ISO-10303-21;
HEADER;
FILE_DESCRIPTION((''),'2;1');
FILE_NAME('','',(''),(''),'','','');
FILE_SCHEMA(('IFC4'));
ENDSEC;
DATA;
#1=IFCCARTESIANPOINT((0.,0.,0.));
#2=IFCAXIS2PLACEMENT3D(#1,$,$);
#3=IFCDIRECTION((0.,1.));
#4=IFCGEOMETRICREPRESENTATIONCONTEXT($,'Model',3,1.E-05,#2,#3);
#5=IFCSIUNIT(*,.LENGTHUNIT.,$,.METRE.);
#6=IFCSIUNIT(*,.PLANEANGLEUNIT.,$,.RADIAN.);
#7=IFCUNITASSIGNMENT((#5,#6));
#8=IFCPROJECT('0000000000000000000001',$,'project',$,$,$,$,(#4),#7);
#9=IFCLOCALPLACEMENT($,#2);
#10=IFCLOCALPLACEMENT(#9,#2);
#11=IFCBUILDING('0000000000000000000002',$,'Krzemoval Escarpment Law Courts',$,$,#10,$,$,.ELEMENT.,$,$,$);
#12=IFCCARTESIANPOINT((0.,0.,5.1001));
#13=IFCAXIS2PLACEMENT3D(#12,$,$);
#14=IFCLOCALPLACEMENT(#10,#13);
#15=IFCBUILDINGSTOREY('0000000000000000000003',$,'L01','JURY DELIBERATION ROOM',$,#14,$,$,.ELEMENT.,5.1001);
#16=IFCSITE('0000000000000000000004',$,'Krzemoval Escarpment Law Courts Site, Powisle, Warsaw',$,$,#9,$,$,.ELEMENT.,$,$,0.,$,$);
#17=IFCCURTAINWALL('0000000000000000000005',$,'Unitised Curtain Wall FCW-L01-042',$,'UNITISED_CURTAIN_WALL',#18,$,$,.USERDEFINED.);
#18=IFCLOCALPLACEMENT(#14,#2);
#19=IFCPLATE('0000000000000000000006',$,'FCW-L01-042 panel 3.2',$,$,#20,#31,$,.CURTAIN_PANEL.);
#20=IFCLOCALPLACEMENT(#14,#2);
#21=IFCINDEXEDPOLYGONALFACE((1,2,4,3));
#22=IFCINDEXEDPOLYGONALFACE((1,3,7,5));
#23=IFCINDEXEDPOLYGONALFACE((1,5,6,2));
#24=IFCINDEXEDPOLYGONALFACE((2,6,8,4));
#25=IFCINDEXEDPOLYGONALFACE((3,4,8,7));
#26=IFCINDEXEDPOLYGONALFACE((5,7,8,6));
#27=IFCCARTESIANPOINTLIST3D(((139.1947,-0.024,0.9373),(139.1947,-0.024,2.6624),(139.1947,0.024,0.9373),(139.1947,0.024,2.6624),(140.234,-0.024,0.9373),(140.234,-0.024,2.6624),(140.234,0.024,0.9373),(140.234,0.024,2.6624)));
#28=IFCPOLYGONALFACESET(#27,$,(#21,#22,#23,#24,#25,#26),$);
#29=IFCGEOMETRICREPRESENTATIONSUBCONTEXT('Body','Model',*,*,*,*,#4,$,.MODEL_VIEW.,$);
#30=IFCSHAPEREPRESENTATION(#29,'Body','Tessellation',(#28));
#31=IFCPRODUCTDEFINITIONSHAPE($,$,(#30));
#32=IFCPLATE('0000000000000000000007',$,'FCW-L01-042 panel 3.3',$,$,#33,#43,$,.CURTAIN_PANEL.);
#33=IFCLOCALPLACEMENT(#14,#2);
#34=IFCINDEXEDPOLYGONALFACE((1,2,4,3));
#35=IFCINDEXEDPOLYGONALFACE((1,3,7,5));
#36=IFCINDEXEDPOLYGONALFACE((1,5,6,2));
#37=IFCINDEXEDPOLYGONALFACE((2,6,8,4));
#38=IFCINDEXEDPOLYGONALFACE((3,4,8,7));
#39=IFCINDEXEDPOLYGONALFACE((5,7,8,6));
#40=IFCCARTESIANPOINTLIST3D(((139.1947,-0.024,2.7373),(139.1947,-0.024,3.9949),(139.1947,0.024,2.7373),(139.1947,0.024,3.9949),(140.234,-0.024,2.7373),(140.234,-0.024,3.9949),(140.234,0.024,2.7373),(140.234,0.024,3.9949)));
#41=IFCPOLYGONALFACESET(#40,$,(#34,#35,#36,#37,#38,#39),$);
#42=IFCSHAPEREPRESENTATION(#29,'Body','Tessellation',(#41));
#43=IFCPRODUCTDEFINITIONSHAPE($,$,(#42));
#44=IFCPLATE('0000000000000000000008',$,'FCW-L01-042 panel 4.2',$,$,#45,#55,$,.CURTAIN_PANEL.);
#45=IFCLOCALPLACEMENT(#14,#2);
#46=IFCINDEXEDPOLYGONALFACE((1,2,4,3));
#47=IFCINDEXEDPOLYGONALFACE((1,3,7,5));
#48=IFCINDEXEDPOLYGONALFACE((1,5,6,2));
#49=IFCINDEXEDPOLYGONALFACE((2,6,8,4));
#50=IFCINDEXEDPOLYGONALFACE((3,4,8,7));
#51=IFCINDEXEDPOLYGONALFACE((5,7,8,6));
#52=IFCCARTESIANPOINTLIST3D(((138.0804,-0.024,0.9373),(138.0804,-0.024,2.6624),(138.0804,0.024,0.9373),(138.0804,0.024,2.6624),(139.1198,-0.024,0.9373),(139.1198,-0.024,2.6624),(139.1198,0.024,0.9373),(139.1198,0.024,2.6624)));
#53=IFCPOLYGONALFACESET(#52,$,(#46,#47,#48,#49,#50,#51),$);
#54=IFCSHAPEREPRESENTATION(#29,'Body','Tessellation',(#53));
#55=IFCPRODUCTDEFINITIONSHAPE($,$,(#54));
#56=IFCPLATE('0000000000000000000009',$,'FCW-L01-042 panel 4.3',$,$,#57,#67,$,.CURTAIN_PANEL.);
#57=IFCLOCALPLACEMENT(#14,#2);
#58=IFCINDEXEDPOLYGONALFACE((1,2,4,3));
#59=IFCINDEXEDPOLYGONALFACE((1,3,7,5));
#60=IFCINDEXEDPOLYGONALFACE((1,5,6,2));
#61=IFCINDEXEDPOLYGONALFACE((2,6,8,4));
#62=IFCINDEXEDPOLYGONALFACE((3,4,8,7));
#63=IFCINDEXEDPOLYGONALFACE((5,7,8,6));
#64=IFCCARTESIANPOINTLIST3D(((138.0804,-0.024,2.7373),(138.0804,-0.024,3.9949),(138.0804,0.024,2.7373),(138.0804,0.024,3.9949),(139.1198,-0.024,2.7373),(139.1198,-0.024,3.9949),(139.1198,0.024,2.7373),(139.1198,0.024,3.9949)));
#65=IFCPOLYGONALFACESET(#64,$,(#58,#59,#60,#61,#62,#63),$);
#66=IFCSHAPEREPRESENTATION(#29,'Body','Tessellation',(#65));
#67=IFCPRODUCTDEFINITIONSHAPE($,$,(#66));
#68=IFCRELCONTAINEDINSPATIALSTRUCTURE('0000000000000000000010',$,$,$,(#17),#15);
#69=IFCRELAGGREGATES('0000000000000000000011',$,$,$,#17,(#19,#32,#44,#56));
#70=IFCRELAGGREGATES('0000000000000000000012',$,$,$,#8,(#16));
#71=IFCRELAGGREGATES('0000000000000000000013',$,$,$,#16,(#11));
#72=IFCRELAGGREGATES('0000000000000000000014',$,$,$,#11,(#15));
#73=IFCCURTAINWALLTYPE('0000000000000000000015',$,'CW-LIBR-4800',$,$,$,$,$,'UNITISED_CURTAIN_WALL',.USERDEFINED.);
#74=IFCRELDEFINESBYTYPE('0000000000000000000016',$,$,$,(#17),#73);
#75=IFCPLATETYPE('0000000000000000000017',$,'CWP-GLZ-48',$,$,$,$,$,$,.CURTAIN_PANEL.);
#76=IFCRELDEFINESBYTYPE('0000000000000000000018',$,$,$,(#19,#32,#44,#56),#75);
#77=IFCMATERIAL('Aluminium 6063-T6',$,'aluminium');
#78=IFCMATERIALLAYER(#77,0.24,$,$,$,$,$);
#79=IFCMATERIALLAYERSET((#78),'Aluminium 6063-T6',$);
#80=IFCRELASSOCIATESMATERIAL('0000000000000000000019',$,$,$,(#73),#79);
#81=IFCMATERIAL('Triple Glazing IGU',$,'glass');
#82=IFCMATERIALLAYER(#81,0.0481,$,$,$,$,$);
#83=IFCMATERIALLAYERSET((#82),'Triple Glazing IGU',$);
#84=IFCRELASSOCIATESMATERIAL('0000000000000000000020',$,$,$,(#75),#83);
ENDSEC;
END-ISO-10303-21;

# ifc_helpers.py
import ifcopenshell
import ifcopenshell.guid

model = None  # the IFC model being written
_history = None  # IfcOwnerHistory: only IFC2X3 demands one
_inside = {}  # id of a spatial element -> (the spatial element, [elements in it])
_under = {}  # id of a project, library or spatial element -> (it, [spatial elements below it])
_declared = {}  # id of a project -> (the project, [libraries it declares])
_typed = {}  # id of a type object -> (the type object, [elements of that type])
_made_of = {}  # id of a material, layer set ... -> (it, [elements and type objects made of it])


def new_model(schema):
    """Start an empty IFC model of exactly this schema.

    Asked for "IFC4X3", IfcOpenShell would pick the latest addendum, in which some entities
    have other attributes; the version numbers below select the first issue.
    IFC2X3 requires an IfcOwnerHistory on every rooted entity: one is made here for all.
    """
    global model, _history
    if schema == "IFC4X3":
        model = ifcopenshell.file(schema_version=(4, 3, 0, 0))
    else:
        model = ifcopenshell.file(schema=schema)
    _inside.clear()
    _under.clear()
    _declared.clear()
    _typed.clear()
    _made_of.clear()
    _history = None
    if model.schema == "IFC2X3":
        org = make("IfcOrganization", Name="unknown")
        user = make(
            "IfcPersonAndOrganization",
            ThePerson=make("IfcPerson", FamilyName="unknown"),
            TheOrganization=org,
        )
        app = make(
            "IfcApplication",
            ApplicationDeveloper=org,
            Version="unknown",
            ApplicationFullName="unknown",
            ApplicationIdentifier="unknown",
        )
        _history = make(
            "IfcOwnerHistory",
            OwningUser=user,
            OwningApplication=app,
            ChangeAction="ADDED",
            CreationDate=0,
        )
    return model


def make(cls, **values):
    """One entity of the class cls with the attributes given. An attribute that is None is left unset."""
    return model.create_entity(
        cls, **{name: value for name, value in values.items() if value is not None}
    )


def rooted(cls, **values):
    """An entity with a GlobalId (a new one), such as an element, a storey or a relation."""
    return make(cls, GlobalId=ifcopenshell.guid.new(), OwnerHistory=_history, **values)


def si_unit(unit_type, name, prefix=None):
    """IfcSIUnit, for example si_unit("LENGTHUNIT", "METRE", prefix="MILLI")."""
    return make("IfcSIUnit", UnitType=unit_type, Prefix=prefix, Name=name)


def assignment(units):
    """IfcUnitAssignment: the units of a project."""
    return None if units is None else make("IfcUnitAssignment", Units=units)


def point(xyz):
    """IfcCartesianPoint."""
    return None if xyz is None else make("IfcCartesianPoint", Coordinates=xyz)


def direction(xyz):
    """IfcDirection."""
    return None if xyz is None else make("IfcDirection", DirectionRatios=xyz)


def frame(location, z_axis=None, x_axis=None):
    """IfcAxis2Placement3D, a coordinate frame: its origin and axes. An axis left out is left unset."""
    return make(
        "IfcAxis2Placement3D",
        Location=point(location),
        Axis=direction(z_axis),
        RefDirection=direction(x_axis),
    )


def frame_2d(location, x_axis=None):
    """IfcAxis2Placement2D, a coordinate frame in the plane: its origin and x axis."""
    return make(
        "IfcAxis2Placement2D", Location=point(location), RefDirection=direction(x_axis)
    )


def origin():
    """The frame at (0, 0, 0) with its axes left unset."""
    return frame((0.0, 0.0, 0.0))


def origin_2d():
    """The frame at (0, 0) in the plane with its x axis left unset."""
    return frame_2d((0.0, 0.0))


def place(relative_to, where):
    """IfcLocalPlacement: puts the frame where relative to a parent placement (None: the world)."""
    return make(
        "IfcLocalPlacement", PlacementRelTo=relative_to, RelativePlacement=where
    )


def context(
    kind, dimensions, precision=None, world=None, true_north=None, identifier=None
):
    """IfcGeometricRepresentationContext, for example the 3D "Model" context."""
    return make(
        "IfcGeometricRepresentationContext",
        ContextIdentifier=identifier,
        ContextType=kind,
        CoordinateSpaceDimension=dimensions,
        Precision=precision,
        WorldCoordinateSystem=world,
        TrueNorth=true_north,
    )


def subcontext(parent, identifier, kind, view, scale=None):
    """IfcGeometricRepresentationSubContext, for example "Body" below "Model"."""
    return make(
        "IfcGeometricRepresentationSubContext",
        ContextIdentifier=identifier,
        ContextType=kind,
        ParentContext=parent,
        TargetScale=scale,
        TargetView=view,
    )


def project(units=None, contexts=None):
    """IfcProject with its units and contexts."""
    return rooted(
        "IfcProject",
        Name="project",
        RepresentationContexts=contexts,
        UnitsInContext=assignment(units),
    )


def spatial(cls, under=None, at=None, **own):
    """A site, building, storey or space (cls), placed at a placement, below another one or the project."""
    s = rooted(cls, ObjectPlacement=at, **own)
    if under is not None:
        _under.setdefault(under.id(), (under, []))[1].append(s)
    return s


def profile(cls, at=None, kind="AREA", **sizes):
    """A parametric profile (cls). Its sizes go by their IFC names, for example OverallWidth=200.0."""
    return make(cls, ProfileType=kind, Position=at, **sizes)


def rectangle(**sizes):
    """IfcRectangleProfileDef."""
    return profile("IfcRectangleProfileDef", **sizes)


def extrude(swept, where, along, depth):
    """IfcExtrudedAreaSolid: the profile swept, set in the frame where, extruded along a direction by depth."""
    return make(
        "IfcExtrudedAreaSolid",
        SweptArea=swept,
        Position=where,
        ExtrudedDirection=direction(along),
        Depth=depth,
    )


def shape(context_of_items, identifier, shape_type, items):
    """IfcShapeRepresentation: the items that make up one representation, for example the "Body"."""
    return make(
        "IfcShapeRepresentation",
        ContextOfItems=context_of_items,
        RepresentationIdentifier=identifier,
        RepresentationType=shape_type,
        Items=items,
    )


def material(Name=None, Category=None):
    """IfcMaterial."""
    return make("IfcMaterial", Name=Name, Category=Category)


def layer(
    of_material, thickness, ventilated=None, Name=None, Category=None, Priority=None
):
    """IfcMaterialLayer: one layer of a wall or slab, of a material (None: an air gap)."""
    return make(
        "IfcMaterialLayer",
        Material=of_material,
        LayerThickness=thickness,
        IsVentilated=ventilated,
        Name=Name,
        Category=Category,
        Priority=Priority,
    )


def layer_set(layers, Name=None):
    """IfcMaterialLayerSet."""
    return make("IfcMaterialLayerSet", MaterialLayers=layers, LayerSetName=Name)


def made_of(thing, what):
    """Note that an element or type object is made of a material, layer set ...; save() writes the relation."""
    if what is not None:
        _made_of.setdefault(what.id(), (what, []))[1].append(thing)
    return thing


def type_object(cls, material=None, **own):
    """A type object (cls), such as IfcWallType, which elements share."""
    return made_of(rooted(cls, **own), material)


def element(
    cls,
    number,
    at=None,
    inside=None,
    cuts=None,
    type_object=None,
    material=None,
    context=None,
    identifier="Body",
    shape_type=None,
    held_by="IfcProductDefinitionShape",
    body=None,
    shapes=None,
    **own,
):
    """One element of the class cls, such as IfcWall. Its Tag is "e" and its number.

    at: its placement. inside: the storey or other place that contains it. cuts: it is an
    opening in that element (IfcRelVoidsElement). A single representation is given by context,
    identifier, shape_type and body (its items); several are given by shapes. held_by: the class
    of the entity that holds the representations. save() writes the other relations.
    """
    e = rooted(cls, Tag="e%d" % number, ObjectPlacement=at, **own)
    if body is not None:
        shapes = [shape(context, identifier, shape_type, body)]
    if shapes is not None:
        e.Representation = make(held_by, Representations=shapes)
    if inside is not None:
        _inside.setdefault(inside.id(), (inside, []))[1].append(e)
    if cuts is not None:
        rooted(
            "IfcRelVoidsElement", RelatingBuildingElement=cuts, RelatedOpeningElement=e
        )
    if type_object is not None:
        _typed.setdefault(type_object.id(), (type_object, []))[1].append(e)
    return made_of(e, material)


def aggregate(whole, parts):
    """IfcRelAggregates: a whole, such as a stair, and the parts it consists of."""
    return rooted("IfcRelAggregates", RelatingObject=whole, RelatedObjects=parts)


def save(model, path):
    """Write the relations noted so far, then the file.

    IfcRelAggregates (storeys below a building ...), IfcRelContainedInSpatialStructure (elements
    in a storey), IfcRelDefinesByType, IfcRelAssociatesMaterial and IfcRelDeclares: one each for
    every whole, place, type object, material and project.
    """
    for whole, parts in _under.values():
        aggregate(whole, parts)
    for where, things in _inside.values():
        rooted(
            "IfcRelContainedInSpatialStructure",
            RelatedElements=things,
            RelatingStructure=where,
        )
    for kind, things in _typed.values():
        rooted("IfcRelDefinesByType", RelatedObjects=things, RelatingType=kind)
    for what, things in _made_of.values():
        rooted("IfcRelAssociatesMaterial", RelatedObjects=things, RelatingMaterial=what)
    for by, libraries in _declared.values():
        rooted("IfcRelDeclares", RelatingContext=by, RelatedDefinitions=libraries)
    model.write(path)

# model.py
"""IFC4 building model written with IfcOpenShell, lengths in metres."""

from ifc_helpers import new_model, si_unit, direction, frame, origin, origin_2d, place, context, subcontext, project, spatial, rectangle, extrude, material, layer, layer_set, type_object, element, aggregate, save


model = new_model("IFC4")

# Units and contexts
model_context = context("Model", 3, precision=1e-05, world=origin(), true_north=direction((0.0, 1.0)))
body_context = subcontext(model_context, "Body", "Model", "MODEL_VIEW")
ifc_project = project(units=[si_unit("LENGTHUNIT", "METRE"), si_unit("PLANEANGLEUNIT", "RADIAN")], contexts=[model_context])

# Site, building, storey
site_placement = place(None, origin())
site = spatial("IfcSite", under=ifc_project, at=site_placement, Name="Krzemoval Escarpment Law Courts Site, Powisle, Warsaw", CompositionType="ELEMENT", RefElevation=0.0)
building_placement = place(site_placement, origin())
building = spatial("IfcBuilding", under=site, at=building_placement, Name="Krzemoval Escarpment Law Courts", CompositionType="ELEMENT")
storey_placement = place(building_placement, frame((0.0, 0.0, 5.1001)))
storey = spatial("IfcBuildingStorey", under=building, at=storey_placement, Name="L01", Description="JURY DELIBERATION ROOM", CompositionType="ELEMENT", Elevation=5.1001)

# Curtain wall, plates
ifc_material_1 = material(Name="Aluminium 6063-T6", Category="aluminium")
ifc_layer_1 = layer(ifc_material_1, 0.24)
ifc_layer_set_1 = layer_set([ifc_layer_1], Name="Aluminium 6063-T6")
curtain_wall_type = type_object("IfcCurtainWallType", Name="CW-LIBR-4800", ElementType="UNITISED_CURTAIN_WALL", PredefinedType="USERDEFINED", material=ifc_layer_set_1)
curtain_wall_placement = place(storey_placement, origin())
curtain_wall = element("IfcCurtainWall", 1, at=curtain_wall_placement, inside=storey, type_object=curtain_wall_type, Name="Unitised Curtain Wall FCW-L01-042", ObjectType="UNITISED_CURTAIN_WALL", PredefinedType="USERDEFINED")
ifc_material_2 = material(Name="Triple Glazing IGU", Category="glass")
ifc_layer_2 = layer(ifc_material_2, 0.0481)
ifc_layer_set_2 = layer_set([ifc_layer_2], Name="Triple Glazing IGU")
plate_type = type_object("IfcPlateType", Name="CWP-GLZ-48", PredefinedType="CURTAIN_PANEL", material=ifc_layer_set_2)
plate_1_placement = place(storey_placement, frame((139.7144, 0.0, 0.9373), z_axis=(0.0, 0.0, 1.0), x_axis=(-1.0, 0.0, 0.0)))
plate_1 = element("IfcPlate", 2, at=plate_1_placement, type_object=plate_type, Name="FCW-L01-042 panel 3.2", PredefinedType="CURTAIN_PANEL", context=body_context, shape_type="SweptSolid", body=[
    extrude(rectangle(XDim=1.0393, YDim=0.0481, at=origin_2d()), origin(), (0.0, 0.0, 1.0), 1.7251),
])
plate_2_placement = place(storey_placement, frame((139.7144, 0.0, 2.7373), z_axis=(0.0, 0.0, 1.0), x_axis=(-1.0, 0.0, 0.0)))
plate_2 = element("IfcPlate", 3, at=plate_2_placement, type_object=plate_type, Name="FCW-L01-042 panel 3.3", PredefinedType="CURTAIN_PANEL", context=body_context, shape_type="SweptSolid", body=[
    extrude(rectangle(XDim=1.0393, YDim=0.0481, at=origin_2d()), origin(), (0.0, 0.0, 1.0), 1.2576),
])
plate_3_placement = place(storey_placement, frame((138.6001, 0.0, 0.9373), z_axis=(0.0, 0.0, 1.0), x_axis=(-1.0, 0.0, 0.0)))
plate_3 = element("IfcPlate", 4, at=plate_3_placement, type_object=plate_type, Name="FCW-L01-042 panel 4.2", PredefinedType="CURTAIN_PANEL", context=body_context, shape_type="SweptSolid", body=[
    extrude(rectangle(XDim=1.0393, YDim=0.0481, at=origin_2d()), origin(), (0.0, 0.0, 1.0), 1.7251),
])
plate_4_placement = place(storey_placement, frame((138.6001, 0.0, 2.7373), z_axis=(0.0, 0.0, 1.0), x_axis=(-1.0, 0.0, 0.0)))
plate_4 = element("IfcPlate", 5, at=plate_4_placement, type_object=plate_type, Name="FCW-L01-042 panel 4.3", PredefinedType="CURTAIN_PANEL", context=body_context, shape_type="SweptSolid", body=[
    extrude(rectangle(XDim=1.0393, YDim=0.0481, at=origin_2d()), origin(), (0.0, 0.0, 1.0), 1.2576),
])
aggregate(curtain_wall, [plate_1, plate_2, plate_3, plate_4])

save(model, "model.ifc")
